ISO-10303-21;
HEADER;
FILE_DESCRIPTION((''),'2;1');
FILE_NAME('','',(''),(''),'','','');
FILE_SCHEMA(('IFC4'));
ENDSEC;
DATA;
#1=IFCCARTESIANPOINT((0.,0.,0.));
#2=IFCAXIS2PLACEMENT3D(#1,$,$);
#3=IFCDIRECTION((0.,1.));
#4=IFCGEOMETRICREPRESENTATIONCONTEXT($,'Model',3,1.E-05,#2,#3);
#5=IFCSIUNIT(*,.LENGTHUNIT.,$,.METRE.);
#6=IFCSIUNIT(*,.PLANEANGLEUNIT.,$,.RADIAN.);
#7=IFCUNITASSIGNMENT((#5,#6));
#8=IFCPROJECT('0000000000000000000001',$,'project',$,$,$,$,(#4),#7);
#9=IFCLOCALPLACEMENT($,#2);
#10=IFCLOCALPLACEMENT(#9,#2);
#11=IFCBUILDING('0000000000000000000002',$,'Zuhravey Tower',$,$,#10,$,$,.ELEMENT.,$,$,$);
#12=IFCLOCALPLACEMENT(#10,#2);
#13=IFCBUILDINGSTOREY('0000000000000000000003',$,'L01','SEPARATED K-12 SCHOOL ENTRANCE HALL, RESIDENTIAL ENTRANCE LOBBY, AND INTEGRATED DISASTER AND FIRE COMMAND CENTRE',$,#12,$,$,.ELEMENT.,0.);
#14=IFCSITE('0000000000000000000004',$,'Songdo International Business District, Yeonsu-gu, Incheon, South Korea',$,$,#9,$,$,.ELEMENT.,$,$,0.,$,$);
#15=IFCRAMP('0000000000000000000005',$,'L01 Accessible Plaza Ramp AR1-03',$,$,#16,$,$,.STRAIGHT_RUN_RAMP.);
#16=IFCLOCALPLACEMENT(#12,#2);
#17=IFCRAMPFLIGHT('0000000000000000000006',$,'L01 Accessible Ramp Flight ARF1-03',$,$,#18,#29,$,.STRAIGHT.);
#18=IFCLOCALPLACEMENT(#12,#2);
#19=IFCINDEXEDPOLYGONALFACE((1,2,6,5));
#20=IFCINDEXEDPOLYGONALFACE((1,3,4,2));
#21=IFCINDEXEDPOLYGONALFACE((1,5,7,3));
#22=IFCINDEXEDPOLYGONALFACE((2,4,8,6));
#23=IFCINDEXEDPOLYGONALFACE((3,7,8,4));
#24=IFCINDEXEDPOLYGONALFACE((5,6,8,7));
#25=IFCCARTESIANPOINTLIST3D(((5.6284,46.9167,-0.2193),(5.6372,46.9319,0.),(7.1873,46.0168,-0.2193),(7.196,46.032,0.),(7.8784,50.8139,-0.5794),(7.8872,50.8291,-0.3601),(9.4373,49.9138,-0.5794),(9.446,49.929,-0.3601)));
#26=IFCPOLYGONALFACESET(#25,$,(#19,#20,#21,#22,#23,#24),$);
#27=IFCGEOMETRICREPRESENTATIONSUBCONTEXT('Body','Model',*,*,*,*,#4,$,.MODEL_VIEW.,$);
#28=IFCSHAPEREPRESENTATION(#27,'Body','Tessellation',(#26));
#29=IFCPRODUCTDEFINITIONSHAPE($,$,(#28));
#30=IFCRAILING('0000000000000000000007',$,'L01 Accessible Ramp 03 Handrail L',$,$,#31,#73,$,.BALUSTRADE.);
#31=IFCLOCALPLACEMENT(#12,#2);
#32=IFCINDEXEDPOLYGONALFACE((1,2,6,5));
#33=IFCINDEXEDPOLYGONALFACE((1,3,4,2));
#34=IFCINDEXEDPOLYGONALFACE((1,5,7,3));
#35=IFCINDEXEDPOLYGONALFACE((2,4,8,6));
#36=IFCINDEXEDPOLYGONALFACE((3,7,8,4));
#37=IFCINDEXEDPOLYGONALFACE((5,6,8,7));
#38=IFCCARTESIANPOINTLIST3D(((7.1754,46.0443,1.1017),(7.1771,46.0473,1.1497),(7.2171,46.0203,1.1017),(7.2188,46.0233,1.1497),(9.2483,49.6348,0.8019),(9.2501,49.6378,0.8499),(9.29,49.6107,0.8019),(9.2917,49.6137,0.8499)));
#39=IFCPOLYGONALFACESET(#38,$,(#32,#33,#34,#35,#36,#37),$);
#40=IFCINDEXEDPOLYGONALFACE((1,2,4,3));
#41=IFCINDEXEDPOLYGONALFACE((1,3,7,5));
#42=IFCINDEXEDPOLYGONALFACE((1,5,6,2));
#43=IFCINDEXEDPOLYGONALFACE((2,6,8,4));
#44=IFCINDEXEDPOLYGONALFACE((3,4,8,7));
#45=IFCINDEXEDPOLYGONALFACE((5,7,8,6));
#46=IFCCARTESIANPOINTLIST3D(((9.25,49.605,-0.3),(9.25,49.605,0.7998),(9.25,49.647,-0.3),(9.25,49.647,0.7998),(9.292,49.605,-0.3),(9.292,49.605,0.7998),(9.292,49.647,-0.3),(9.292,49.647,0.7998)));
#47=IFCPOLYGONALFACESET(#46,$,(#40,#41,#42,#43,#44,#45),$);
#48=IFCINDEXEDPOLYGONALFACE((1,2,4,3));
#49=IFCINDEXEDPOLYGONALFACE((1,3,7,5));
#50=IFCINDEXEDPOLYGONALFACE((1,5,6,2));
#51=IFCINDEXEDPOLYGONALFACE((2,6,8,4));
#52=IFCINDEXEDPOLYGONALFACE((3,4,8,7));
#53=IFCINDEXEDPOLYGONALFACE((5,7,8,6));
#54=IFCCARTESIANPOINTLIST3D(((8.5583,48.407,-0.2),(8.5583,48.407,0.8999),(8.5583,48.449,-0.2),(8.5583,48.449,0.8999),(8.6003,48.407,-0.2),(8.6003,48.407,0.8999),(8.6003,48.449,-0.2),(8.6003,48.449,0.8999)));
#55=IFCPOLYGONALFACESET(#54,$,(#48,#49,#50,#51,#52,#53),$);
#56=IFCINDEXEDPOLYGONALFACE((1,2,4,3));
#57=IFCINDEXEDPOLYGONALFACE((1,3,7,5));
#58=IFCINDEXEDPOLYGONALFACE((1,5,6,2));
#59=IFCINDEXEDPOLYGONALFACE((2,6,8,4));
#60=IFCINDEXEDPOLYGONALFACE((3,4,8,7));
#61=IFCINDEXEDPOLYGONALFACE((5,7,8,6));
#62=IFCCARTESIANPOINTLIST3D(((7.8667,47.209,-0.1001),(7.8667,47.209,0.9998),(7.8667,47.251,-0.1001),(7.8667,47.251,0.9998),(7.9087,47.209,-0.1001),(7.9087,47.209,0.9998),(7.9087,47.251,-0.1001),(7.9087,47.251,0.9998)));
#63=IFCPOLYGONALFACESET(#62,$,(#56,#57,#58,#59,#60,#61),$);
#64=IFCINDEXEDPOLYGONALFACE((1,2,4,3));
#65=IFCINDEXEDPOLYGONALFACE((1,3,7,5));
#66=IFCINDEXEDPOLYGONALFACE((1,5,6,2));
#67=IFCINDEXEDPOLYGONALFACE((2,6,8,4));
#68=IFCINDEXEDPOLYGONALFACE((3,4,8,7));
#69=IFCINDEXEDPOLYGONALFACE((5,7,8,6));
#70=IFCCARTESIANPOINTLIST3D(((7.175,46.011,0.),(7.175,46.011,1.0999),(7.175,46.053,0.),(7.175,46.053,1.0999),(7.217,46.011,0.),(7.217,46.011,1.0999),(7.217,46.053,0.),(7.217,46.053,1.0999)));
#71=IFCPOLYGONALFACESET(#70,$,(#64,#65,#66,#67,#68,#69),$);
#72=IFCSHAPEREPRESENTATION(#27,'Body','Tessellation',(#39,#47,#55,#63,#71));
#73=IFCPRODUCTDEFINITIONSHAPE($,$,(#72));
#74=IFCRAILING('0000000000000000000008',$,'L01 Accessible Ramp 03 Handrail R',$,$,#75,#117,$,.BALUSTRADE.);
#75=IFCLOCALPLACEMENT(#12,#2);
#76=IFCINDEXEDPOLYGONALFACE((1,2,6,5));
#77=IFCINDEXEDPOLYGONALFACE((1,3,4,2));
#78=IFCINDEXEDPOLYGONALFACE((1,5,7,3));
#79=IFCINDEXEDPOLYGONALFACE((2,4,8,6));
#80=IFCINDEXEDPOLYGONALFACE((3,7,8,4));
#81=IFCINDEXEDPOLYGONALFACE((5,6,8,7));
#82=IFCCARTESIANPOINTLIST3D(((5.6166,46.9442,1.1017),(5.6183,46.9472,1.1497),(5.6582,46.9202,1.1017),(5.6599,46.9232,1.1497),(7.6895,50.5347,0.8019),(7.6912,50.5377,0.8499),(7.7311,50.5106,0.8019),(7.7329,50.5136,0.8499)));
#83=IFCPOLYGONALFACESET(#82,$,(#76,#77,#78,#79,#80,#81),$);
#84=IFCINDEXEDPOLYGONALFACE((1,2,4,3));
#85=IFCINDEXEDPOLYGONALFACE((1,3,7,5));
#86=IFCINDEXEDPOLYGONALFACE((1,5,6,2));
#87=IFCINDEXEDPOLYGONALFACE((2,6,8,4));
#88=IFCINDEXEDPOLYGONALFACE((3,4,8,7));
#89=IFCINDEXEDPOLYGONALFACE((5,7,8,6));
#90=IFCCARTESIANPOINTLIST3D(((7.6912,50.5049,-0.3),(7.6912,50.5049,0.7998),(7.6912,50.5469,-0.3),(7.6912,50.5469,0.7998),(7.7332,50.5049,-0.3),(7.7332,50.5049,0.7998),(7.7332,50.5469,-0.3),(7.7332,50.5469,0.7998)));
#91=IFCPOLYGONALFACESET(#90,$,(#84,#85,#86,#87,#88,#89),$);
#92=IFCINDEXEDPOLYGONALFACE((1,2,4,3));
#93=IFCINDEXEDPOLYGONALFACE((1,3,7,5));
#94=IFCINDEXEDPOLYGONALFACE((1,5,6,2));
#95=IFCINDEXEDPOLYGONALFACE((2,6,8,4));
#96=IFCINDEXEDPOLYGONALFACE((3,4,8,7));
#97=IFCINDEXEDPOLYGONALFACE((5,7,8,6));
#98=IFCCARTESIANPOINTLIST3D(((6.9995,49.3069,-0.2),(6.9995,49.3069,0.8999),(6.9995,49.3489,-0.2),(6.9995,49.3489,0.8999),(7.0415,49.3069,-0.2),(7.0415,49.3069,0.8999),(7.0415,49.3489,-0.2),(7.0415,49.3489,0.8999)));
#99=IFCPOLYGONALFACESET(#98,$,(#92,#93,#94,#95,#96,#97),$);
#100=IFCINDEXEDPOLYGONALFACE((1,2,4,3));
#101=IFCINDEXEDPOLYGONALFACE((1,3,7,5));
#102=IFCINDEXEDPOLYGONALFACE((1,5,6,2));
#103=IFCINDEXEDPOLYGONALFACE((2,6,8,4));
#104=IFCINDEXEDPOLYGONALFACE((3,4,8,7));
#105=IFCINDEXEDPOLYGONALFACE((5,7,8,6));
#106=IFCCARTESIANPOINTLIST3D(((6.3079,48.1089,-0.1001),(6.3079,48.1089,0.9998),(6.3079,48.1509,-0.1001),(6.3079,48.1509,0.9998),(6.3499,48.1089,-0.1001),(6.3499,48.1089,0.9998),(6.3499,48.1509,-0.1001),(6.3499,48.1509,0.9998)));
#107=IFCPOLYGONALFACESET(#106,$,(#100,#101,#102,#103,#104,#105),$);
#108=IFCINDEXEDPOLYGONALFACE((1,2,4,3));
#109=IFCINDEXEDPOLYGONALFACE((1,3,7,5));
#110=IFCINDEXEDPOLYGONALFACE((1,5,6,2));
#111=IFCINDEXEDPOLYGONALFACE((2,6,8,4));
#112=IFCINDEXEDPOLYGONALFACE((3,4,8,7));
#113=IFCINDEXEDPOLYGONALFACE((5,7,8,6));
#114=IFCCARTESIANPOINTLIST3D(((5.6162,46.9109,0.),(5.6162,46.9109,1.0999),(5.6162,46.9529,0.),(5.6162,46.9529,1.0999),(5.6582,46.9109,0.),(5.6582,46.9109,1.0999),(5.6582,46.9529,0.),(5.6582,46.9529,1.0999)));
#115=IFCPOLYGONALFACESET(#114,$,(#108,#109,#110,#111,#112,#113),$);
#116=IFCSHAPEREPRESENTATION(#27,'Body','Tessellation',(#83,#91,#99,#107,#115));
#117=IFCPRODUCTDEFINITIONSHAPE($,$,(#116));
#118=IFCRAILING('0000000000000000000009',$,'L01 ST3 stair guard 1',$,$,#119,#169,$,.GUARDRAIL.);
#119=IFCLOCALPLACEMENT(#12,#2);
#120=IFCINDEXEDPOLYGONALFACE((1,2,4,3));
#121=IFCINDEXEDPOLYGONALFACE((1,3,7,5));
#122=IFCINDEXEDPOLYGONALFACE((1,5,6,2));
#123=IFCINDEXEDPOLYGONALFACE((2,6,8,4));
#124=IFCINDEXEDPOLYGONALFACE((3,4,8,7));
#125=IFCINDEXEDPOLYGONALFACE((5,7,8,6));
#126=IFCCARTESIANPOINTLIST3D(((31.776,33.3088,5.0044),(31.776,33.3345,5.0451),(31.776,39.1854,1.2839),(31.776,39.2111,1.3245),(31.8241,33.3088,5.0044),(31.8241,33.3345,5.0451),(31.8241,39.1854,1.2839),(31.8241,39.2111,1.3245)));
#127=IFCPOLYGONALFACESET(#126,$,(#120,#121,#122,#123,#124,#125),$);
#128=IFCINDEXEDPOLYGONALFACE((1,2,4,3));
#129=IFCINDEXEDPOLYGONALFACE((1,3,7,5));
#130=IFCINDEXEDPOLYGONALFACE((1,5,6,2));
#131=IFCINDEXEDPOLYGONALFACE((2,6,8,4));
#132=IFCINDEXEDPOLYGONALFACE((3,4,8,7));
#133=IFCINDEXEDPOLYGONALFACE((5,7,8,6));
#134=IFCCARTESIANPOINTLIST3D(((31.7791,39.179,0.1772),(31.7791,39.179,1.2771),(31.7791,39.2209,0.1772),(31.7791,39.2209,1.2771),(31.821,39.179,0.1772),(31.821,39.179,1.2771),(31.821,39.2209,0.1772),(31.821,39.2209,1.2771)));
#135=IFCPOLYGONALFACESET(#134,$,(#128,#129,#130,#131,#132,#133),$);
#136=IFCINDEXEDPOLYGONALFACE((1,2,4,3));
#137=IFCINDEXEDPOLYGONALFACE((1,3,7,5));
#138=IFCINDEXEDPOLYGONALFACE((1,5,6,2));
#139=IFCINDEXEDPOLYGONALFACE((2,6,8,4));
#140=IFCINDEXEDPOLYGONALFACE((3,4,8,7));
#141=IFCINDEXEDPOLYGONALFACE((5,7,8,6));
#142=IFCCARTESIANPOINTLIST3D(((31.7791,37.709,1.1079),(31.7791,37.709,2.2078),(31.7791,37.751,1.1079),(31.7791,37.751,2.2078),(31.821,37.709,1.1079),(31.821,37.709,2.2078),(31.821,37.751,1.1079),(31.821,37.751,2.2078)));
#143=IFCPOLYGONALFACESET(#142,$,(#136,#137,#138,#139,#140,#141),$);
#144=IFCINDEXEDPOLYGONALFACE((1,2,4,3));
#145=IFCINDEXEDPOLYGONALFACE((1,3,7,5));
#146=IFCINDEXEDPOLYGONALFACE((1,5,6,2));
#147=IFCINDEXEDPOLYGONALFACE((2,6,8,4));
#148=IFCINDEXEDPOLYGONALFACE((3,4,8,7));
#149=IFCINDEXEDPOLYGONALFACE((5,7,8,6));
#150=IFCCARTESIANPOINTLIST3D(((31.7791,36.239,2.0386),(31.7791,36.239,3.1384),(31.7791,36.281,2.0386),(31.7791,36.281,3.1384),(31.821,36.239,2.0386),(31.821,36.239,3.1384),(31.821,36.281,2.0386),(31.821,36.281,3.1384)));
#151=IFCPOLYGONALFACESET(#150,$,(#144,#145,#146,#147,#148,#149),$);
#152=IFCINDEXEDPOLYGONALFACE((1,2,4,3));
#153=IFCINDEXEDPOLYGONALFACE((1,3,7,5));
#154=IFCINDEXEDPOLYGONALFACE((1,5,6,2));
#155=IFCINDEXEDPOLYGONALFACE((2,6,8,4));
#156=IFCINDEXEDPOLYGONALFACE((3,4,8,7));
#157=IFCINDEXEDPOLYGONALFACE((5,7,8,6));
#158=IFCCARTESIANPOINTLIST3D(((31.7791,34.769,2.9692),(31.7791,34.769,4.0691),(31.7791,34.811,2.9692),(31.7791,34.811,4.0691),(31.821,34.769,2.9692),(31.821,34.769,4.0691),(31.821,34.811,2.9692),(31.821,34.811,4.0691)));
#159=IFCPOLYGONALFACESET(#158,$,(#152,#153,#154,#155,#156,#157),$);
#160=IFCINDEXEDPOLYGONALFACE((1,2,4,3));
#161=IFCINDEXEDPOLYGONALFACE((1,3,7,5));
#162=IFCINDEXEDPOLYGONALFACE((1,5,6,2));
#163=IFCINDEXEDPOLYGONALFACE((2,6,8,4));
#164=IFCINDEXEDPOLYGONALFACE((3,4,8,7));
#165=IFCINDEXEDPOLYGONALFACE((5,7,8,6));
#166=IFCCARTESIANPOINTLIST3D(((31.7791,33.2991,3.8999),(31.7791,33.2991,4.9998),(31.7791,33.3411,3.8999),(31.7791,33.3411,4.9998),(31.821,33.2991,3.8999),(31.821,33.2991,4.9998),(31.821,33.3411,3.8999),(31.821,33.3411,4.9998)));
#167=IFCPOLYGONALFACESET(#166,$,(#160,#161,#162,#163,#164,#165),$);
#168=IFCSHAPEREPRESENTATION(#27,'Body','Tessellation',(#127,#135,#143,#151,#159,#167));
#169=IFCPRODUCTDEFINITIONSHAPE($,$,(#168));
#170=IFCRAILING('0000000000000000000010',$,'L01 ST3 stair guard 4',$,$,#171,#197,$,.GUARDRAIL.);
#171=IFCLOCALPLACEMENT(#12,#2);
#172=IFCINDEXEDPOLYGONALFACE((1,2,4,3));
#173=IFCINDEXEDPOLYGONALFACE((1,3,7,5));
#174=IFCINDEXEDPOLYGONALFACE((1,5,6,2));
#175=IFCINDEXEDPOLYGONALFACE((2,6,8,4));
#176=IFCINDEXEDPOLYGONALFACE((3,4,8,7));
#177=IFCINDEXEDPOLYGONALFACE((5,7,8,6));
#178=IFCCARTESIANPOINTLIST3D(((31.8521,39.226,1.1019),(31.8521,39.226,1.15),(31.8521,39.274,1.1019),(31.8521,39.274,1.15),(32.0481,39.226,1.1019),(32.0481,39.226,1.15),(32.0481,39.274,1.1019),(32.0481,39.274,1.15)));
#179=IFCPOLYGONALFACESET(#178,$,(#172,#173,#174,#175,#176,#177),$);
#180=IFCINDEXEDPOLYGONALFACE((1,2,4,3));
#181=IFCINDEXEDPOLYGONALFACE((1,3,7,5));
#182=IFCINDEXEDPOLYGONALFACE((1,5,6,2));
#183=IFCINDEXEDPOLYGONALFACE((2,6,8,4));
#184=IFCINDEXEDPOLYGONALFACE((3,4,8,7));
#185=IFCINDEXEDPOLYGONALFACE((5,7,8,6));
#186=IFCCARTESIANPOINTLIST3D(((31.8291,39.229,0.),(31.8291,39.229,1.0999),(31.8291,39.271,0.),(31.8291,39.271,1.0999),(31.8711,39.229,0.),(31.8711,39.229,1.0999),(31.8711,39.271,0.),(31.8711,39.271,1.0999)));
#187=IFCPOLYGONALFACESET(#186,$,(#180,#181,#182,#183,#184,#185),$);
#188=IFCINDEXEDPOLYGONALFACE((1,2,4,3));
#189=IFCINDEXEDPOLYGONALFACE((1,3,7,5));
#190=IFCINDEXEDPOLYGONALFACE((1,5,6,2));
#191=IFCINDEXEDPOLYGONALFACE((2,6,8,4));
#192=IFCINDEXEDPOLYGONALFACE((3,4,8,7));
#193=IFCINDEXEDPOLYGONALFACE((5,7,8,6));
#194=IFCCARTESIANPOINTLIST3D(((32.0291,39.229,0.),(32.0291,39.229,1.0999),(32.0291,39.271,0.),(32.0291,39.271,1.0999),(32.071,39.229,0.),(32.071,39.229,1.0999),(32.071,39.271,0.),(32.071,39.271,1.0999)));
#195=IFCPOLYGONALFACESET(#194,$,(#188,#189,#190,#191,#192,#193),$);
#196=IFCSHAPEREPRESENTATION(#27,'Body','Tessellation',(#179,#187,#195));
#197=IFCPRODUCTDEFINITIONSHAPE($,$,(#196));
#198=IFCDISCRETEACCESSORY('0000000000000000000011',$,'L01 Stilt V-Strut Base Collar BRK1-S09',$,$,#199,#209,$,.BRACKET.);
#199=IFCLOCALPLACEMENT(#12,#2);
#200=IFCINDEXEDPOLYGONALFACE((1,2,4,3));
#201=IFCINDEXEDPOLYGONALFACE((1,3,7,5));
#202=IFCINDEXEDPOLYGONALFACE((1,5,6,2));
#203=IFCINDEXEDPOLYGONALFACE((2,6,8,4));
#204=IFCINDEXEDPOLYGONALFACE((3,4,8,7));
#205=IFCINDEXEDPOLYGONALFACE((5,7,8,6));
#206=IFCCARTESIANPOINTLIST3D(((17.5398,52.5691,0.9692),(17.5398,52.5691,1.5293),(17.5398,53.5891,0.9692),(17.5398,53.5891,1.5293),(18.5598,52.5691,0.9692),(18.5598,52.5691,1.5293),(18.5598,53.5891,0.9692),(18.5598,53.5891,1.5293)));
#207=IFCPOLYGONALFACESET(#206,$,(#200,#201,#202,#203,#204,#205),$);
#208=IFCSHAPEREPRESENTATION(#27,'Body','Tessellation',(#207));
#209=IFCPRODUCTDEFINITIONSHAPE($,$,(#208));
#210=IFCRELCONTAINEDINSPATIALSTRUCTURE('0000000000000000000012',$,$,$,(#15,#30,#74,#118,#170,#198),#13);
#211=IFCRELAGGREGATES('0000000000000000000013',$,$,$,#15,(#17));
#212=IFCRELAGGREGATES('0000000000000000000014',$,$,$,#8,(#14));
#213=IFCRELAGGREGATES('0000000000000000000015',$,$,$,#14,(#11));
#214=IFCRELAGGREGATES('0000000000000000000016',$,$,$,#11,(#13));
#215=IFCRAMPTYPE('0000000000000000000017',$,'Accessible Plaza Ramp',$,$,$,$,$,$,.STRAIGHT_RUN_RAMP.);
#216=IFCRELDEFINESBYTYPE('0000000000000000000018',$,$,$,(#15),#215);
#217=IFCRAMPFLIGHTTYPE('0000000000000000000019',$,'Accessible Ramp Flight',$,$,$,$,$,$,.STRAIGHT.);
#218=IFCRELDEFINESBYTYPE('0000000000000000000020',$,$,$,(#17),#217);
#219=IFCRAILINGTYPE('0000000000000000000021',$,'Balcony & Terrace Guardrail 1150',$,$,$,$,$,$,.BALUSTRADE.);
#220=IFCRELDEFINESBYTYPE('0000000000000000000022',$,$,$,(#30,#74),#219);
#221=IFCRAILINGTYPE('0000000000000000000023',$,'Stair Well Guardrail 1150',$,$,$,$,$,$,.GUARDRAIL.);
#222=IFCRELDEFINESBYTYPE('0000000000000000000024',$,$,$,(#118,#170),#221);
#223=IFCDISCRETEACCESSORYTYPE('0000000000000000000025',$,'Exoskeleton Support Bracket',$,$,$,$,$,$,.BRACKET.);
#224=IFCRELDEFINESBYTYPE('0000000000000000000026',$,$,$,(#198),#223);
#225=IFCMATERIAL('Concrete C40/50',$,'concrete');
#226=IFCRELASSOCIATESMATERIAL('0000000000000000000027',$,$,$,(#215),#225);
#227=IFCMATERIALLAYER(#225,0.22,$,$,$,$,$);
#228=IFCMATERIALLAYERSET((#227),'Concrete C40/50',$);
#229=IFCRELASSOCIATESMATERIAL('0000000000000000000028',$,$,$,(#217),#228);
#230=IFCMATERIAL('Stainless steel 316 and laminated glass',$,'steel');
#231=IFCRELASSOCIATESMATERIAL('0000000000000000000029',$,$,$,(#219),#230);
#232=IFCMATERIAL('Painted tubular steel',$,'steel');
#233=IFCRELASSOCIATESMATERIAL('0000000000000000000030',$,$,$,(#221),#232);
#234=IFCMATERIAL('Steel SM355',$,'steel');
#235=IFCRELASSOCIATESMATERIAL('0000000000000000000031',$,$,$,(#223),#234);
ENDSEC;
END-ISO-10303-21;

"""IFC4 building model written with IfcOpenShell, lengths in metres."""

from ifc_helpers import new_model, si_unit, direction, frame, origin, origin_2d, place, context, subcontext, project, spatial, polyline, rectangle, outline, extrude, material, layer, layer_set, type_object, element, aggregate, save


model = new_model("IFC4")

# Units and contexts
model_context = context("Model", 3, precision=1e-05, world=origin(), true_north=direction((0.0, 1.0)))
body_context = subcontext(model_context, "Body", "Model", "MODEL_VIEW")
ifc_project = project(units=[si_unit("LENGTHUNIT", "METRE"), si_unit("PLANEANGLEUNIT", "RADIAN")], contexts=[model_context])

# Site, building, storey
site_placement = place(None, origin())
site = spatial("IfcSite", under=ifc_project, at=site_placement, Name="Songdo International Business District, Yeonsu-gu, Incheon, South Korea", CompositionType="ELEMENT", RefElevation=0.0)
building_placement = place(site_placement, origin())
building = spatial("IfcBuilding", under=site, at=building_placement, Name="Zuhravey Tower", CompositionType="ELEMENT")
storey_placement = place(building_placement, origin())
storey = spatial("IfcBuildingStorey", under=building, at=storey_placement, Name="L01", Description="SEPARATED K-12 SCHOOL ENTRANCE HALL, RESIDENTIAL ENTRANCE LOBBY, AND INTEGRATED DISASTER AND FIRE COMMAND CENTRE", CompositionType="ELEMENT", Elevation=0.0)

# Ramp, ramp flight
ifc_material_1 = material(Name="Concrete C40/50", Category="concrete")
ramp_type = type_object("IfcRampType", Name="Accessible Plaza Ramp", PredefinedType="STRAIGHT_RUN_RAMP", material=ifc_material_1)
ramp_placement = place(storey_placement, origin())
ramp = element("IfcRamp", 1, at=ramp_placement, inside=storey, type_object=ramp_type, Name="L01 Accessible Plaza Ramp AR1-03", PredefinedType="STRAIGHT_RUN_RAMP")
ifc_layer_1 = layer(ifc_material_1, 0.22)
ifc_layer_set_1 = layer_set([ifc_layer_1], Name="Concrete C40/50")
ramp_flight_type = type_object("IfcRampFlightType", Name="Accessible Ramp Flight", PredefinedType="STRAIGHT", material=ifc_layer_set_1)
ramp_flight_placement = place(storey_placement, frame((9.446, 49.929, -0.3601), z_axis=(0.039886, 0.069082, 0.996813), x_axis=(-0.865989, 0.500063, -0.000005)))
ramp_flight = element("IfcRampFlight", 2, at=ramp_flight_placement, type_object=ramp_flight_type, Name="L01 Accessible Ramp Flight ARF1-03", PredefinedType="STRAIGHT", context=body_context, shape_type="SweptSolid", body=[
    extrude(outline(polyline([(0.0, 0.0), (1.8001, 0.0), (1.7997, 4.5145), (-0.0003, 4.5143), (0.0, 0.0)])), origin(), (0.0, 0.0, -1.0), 0.22),
])
aggregate(ramp, [ramp_flight])

# Railings
ifc_material_2 = material(Name="Stainless steel 316 and laminated glass", Category="steel")
railing_type_1 = type_object("IfcRailingType", Name="Balcony & Terrace Guardrail 1150", PredefinedType="BALUSTRADE", material=ifc_material_2)
for number, where, name in (
    (3, (9.271, 49.626, -0.3), "L01 Accessible Ramp 03 Handrail L"),
    (4, (7.7122, 50.5259, -0.3), "L01 Accessible Ramp 03 Handrail R"),
):
    element("IfcRailing", number, at=place(storey_placement, frame(where)), inside=storey, type_object=railing_type_1, Name=name, PredefinedType="BALUSTRADE", context=body_context, shape_type="SweptSolid", body=[
        extrude(rectangle(XDim=0.0481, YDim=0.0481, at=origin_2d()), frame((-0.001, -0.0017, 1.126), z_axis=(-0.498691, -0.863775, 0.072113), x_axis=(0.86603, -0.499992, 0.0)), (0.0, 0.0, 1.0), 4.1567),
        extrude(rectangle(XDim=0.042, YDim=0.042, at=origin_2d()), origin(), (0.0, 0.0, 1.0), 1.0999),
        extrude(rectangle(XDim=0.042, YDim=0.042, at=origin_2d()), frame((-0.6917, -1.198, 0.1001)), (0.0, 0.0, 1.0), 1.0999),
        extrude(rectangle(XDim=0.042, YDim=0.042, at=origin_2d()), frame((-1.3833, -2.396, 0.2)), (0.0, 0.0, 1.0), 1.0999),
        extrude(rectangle(XDim=0.042, YDim=0.042, at=origin_2d()), frame((-2.075, -3.594, 0.3)), (0.0, 0.0, 1.0), 1.0999),
    ])
ifc_material_3 = material(Name="Painted tubular steel", Category="steel")
railing_type_2 = type_object("IfcRailingType", Name="Stair Well Guardrail 1150", PredefinedType="GUARDRAIL", material=ifc_material_3)
railing_1_placement = place(storey_placement, frame((31.8, 39.2, 0.1772)))
element("IfcRailing", 5, at=railing_1_placement, inside=storey, type_object=railing_type_2, Name="L01 ST3 stair guard 1", PredefinedType="GUARDRAIL", context=body_context, shape_type="SweptSolid", body=[
    extrude(rectangle(XDim=0.0481, YDim=0.0481, at=origin_2d()), frame((0.0, -0.0017, 1.127), z_axis=(0.0, -0.844902, 0.534922), x_axis=(1.0, 0.0, 0.0)), (0.0, 0.0, 1.0), 6.9553),
    extrude(rectangle(XDim=0.042, YDim=0.042, at=origin_2d()), origin(), (0.0, 0.0, 1.0), 1.0999),
    extrude(rectangle(XDim=0.042, YDim=0.042, at=origin_2d()), frame((0.0, -1.47, 0.9307)), (0.0, 0.0, 1.0), 1.0999),
    extrude(rectangle(XDim=0.042, YDim=0.042, at=origin_2d()), frame((0.0, -2.9399, 1.8613)), (0.0, 0.0, 1.0), 1.0999),
    extrude(rectangle(XDim=0.042, YDim=0.042, at=origin_2d()), frame((0.0, -4.4099, 2.792)), (0.0, 0.0, 1.0), 1.0999),
    extrude(rectangle(XDim=0.042, YDim=0.042, at=origin_2d()), frame((0.0, -5.8799, 3.7227)), (0.0, 0.0, 1.0), 1.0999),
])
railing_2_placement = place(storey_placement, frame((31.8501, 39.25, 0.0)))
element("IfcRailing", 6, at=railing_2_placement, inside=storey, type_object=railing_type_2, Name="L01 ST3 stair guard 4", PredefinedType="GUARDRAIL", context=body_context, shape_type="SweptSolid", body=[
    extrude(rectangle(XDim=0.0481, YDim=0.0481, at=origin_2d()), frame((0.002, 0.0, 1.126), z_axis=(1.0, 0.0, 0.0), x_axis=(0.0, 1.0, 0.0)), (0.0, 0.0, 1.0), 0.196),
    extrude(rectangle(XDim=0.042, YDim=0.042, at=origin_2d()), origin(), (0.0, 0.0, 1.0), 1.0999),
    extrude(rectangle(XDim=0.042, YDim=0.042, at=origin_2d()), frame((0.2, 0.0, 0.0)), (0.0, 0.0, 1.0), 1.0999),
])

# Discrete accessory
ifc_material_4 = material(Name="Steel SM355", Category="steel")
discrete_accessory_type = type_object("IfcDiscreteAccessoryType", Name="Exoskeleton Support Bracket", PredefinedType="BRACKET", material=ifc_material_4)
discrete_accessory_placement = place(storey_placement, frame((18.0498, 53.0791, 0.9692), z_axis=(0.0, 0.0, 1.0), x_axis=(1.0, 0.0, 0.0)))
element("IfcDiscreteAccessory", 7, at=discrete_accessory_placement, inside=storey, type_object=discrete_accessory_type, Name="L01 Stilt V-Strut Base Collar BRK1-S09", PredefinedType="BRACKET", context=body_context, shape_type="SweptSolid", body=[
    extrude(rectangle(XDim=1.02, YDim=1.02, at=origin_2d()), origin(), (0.0, 0.0, 1.0), 0.5601),
])

save(model, "model.ifc")
